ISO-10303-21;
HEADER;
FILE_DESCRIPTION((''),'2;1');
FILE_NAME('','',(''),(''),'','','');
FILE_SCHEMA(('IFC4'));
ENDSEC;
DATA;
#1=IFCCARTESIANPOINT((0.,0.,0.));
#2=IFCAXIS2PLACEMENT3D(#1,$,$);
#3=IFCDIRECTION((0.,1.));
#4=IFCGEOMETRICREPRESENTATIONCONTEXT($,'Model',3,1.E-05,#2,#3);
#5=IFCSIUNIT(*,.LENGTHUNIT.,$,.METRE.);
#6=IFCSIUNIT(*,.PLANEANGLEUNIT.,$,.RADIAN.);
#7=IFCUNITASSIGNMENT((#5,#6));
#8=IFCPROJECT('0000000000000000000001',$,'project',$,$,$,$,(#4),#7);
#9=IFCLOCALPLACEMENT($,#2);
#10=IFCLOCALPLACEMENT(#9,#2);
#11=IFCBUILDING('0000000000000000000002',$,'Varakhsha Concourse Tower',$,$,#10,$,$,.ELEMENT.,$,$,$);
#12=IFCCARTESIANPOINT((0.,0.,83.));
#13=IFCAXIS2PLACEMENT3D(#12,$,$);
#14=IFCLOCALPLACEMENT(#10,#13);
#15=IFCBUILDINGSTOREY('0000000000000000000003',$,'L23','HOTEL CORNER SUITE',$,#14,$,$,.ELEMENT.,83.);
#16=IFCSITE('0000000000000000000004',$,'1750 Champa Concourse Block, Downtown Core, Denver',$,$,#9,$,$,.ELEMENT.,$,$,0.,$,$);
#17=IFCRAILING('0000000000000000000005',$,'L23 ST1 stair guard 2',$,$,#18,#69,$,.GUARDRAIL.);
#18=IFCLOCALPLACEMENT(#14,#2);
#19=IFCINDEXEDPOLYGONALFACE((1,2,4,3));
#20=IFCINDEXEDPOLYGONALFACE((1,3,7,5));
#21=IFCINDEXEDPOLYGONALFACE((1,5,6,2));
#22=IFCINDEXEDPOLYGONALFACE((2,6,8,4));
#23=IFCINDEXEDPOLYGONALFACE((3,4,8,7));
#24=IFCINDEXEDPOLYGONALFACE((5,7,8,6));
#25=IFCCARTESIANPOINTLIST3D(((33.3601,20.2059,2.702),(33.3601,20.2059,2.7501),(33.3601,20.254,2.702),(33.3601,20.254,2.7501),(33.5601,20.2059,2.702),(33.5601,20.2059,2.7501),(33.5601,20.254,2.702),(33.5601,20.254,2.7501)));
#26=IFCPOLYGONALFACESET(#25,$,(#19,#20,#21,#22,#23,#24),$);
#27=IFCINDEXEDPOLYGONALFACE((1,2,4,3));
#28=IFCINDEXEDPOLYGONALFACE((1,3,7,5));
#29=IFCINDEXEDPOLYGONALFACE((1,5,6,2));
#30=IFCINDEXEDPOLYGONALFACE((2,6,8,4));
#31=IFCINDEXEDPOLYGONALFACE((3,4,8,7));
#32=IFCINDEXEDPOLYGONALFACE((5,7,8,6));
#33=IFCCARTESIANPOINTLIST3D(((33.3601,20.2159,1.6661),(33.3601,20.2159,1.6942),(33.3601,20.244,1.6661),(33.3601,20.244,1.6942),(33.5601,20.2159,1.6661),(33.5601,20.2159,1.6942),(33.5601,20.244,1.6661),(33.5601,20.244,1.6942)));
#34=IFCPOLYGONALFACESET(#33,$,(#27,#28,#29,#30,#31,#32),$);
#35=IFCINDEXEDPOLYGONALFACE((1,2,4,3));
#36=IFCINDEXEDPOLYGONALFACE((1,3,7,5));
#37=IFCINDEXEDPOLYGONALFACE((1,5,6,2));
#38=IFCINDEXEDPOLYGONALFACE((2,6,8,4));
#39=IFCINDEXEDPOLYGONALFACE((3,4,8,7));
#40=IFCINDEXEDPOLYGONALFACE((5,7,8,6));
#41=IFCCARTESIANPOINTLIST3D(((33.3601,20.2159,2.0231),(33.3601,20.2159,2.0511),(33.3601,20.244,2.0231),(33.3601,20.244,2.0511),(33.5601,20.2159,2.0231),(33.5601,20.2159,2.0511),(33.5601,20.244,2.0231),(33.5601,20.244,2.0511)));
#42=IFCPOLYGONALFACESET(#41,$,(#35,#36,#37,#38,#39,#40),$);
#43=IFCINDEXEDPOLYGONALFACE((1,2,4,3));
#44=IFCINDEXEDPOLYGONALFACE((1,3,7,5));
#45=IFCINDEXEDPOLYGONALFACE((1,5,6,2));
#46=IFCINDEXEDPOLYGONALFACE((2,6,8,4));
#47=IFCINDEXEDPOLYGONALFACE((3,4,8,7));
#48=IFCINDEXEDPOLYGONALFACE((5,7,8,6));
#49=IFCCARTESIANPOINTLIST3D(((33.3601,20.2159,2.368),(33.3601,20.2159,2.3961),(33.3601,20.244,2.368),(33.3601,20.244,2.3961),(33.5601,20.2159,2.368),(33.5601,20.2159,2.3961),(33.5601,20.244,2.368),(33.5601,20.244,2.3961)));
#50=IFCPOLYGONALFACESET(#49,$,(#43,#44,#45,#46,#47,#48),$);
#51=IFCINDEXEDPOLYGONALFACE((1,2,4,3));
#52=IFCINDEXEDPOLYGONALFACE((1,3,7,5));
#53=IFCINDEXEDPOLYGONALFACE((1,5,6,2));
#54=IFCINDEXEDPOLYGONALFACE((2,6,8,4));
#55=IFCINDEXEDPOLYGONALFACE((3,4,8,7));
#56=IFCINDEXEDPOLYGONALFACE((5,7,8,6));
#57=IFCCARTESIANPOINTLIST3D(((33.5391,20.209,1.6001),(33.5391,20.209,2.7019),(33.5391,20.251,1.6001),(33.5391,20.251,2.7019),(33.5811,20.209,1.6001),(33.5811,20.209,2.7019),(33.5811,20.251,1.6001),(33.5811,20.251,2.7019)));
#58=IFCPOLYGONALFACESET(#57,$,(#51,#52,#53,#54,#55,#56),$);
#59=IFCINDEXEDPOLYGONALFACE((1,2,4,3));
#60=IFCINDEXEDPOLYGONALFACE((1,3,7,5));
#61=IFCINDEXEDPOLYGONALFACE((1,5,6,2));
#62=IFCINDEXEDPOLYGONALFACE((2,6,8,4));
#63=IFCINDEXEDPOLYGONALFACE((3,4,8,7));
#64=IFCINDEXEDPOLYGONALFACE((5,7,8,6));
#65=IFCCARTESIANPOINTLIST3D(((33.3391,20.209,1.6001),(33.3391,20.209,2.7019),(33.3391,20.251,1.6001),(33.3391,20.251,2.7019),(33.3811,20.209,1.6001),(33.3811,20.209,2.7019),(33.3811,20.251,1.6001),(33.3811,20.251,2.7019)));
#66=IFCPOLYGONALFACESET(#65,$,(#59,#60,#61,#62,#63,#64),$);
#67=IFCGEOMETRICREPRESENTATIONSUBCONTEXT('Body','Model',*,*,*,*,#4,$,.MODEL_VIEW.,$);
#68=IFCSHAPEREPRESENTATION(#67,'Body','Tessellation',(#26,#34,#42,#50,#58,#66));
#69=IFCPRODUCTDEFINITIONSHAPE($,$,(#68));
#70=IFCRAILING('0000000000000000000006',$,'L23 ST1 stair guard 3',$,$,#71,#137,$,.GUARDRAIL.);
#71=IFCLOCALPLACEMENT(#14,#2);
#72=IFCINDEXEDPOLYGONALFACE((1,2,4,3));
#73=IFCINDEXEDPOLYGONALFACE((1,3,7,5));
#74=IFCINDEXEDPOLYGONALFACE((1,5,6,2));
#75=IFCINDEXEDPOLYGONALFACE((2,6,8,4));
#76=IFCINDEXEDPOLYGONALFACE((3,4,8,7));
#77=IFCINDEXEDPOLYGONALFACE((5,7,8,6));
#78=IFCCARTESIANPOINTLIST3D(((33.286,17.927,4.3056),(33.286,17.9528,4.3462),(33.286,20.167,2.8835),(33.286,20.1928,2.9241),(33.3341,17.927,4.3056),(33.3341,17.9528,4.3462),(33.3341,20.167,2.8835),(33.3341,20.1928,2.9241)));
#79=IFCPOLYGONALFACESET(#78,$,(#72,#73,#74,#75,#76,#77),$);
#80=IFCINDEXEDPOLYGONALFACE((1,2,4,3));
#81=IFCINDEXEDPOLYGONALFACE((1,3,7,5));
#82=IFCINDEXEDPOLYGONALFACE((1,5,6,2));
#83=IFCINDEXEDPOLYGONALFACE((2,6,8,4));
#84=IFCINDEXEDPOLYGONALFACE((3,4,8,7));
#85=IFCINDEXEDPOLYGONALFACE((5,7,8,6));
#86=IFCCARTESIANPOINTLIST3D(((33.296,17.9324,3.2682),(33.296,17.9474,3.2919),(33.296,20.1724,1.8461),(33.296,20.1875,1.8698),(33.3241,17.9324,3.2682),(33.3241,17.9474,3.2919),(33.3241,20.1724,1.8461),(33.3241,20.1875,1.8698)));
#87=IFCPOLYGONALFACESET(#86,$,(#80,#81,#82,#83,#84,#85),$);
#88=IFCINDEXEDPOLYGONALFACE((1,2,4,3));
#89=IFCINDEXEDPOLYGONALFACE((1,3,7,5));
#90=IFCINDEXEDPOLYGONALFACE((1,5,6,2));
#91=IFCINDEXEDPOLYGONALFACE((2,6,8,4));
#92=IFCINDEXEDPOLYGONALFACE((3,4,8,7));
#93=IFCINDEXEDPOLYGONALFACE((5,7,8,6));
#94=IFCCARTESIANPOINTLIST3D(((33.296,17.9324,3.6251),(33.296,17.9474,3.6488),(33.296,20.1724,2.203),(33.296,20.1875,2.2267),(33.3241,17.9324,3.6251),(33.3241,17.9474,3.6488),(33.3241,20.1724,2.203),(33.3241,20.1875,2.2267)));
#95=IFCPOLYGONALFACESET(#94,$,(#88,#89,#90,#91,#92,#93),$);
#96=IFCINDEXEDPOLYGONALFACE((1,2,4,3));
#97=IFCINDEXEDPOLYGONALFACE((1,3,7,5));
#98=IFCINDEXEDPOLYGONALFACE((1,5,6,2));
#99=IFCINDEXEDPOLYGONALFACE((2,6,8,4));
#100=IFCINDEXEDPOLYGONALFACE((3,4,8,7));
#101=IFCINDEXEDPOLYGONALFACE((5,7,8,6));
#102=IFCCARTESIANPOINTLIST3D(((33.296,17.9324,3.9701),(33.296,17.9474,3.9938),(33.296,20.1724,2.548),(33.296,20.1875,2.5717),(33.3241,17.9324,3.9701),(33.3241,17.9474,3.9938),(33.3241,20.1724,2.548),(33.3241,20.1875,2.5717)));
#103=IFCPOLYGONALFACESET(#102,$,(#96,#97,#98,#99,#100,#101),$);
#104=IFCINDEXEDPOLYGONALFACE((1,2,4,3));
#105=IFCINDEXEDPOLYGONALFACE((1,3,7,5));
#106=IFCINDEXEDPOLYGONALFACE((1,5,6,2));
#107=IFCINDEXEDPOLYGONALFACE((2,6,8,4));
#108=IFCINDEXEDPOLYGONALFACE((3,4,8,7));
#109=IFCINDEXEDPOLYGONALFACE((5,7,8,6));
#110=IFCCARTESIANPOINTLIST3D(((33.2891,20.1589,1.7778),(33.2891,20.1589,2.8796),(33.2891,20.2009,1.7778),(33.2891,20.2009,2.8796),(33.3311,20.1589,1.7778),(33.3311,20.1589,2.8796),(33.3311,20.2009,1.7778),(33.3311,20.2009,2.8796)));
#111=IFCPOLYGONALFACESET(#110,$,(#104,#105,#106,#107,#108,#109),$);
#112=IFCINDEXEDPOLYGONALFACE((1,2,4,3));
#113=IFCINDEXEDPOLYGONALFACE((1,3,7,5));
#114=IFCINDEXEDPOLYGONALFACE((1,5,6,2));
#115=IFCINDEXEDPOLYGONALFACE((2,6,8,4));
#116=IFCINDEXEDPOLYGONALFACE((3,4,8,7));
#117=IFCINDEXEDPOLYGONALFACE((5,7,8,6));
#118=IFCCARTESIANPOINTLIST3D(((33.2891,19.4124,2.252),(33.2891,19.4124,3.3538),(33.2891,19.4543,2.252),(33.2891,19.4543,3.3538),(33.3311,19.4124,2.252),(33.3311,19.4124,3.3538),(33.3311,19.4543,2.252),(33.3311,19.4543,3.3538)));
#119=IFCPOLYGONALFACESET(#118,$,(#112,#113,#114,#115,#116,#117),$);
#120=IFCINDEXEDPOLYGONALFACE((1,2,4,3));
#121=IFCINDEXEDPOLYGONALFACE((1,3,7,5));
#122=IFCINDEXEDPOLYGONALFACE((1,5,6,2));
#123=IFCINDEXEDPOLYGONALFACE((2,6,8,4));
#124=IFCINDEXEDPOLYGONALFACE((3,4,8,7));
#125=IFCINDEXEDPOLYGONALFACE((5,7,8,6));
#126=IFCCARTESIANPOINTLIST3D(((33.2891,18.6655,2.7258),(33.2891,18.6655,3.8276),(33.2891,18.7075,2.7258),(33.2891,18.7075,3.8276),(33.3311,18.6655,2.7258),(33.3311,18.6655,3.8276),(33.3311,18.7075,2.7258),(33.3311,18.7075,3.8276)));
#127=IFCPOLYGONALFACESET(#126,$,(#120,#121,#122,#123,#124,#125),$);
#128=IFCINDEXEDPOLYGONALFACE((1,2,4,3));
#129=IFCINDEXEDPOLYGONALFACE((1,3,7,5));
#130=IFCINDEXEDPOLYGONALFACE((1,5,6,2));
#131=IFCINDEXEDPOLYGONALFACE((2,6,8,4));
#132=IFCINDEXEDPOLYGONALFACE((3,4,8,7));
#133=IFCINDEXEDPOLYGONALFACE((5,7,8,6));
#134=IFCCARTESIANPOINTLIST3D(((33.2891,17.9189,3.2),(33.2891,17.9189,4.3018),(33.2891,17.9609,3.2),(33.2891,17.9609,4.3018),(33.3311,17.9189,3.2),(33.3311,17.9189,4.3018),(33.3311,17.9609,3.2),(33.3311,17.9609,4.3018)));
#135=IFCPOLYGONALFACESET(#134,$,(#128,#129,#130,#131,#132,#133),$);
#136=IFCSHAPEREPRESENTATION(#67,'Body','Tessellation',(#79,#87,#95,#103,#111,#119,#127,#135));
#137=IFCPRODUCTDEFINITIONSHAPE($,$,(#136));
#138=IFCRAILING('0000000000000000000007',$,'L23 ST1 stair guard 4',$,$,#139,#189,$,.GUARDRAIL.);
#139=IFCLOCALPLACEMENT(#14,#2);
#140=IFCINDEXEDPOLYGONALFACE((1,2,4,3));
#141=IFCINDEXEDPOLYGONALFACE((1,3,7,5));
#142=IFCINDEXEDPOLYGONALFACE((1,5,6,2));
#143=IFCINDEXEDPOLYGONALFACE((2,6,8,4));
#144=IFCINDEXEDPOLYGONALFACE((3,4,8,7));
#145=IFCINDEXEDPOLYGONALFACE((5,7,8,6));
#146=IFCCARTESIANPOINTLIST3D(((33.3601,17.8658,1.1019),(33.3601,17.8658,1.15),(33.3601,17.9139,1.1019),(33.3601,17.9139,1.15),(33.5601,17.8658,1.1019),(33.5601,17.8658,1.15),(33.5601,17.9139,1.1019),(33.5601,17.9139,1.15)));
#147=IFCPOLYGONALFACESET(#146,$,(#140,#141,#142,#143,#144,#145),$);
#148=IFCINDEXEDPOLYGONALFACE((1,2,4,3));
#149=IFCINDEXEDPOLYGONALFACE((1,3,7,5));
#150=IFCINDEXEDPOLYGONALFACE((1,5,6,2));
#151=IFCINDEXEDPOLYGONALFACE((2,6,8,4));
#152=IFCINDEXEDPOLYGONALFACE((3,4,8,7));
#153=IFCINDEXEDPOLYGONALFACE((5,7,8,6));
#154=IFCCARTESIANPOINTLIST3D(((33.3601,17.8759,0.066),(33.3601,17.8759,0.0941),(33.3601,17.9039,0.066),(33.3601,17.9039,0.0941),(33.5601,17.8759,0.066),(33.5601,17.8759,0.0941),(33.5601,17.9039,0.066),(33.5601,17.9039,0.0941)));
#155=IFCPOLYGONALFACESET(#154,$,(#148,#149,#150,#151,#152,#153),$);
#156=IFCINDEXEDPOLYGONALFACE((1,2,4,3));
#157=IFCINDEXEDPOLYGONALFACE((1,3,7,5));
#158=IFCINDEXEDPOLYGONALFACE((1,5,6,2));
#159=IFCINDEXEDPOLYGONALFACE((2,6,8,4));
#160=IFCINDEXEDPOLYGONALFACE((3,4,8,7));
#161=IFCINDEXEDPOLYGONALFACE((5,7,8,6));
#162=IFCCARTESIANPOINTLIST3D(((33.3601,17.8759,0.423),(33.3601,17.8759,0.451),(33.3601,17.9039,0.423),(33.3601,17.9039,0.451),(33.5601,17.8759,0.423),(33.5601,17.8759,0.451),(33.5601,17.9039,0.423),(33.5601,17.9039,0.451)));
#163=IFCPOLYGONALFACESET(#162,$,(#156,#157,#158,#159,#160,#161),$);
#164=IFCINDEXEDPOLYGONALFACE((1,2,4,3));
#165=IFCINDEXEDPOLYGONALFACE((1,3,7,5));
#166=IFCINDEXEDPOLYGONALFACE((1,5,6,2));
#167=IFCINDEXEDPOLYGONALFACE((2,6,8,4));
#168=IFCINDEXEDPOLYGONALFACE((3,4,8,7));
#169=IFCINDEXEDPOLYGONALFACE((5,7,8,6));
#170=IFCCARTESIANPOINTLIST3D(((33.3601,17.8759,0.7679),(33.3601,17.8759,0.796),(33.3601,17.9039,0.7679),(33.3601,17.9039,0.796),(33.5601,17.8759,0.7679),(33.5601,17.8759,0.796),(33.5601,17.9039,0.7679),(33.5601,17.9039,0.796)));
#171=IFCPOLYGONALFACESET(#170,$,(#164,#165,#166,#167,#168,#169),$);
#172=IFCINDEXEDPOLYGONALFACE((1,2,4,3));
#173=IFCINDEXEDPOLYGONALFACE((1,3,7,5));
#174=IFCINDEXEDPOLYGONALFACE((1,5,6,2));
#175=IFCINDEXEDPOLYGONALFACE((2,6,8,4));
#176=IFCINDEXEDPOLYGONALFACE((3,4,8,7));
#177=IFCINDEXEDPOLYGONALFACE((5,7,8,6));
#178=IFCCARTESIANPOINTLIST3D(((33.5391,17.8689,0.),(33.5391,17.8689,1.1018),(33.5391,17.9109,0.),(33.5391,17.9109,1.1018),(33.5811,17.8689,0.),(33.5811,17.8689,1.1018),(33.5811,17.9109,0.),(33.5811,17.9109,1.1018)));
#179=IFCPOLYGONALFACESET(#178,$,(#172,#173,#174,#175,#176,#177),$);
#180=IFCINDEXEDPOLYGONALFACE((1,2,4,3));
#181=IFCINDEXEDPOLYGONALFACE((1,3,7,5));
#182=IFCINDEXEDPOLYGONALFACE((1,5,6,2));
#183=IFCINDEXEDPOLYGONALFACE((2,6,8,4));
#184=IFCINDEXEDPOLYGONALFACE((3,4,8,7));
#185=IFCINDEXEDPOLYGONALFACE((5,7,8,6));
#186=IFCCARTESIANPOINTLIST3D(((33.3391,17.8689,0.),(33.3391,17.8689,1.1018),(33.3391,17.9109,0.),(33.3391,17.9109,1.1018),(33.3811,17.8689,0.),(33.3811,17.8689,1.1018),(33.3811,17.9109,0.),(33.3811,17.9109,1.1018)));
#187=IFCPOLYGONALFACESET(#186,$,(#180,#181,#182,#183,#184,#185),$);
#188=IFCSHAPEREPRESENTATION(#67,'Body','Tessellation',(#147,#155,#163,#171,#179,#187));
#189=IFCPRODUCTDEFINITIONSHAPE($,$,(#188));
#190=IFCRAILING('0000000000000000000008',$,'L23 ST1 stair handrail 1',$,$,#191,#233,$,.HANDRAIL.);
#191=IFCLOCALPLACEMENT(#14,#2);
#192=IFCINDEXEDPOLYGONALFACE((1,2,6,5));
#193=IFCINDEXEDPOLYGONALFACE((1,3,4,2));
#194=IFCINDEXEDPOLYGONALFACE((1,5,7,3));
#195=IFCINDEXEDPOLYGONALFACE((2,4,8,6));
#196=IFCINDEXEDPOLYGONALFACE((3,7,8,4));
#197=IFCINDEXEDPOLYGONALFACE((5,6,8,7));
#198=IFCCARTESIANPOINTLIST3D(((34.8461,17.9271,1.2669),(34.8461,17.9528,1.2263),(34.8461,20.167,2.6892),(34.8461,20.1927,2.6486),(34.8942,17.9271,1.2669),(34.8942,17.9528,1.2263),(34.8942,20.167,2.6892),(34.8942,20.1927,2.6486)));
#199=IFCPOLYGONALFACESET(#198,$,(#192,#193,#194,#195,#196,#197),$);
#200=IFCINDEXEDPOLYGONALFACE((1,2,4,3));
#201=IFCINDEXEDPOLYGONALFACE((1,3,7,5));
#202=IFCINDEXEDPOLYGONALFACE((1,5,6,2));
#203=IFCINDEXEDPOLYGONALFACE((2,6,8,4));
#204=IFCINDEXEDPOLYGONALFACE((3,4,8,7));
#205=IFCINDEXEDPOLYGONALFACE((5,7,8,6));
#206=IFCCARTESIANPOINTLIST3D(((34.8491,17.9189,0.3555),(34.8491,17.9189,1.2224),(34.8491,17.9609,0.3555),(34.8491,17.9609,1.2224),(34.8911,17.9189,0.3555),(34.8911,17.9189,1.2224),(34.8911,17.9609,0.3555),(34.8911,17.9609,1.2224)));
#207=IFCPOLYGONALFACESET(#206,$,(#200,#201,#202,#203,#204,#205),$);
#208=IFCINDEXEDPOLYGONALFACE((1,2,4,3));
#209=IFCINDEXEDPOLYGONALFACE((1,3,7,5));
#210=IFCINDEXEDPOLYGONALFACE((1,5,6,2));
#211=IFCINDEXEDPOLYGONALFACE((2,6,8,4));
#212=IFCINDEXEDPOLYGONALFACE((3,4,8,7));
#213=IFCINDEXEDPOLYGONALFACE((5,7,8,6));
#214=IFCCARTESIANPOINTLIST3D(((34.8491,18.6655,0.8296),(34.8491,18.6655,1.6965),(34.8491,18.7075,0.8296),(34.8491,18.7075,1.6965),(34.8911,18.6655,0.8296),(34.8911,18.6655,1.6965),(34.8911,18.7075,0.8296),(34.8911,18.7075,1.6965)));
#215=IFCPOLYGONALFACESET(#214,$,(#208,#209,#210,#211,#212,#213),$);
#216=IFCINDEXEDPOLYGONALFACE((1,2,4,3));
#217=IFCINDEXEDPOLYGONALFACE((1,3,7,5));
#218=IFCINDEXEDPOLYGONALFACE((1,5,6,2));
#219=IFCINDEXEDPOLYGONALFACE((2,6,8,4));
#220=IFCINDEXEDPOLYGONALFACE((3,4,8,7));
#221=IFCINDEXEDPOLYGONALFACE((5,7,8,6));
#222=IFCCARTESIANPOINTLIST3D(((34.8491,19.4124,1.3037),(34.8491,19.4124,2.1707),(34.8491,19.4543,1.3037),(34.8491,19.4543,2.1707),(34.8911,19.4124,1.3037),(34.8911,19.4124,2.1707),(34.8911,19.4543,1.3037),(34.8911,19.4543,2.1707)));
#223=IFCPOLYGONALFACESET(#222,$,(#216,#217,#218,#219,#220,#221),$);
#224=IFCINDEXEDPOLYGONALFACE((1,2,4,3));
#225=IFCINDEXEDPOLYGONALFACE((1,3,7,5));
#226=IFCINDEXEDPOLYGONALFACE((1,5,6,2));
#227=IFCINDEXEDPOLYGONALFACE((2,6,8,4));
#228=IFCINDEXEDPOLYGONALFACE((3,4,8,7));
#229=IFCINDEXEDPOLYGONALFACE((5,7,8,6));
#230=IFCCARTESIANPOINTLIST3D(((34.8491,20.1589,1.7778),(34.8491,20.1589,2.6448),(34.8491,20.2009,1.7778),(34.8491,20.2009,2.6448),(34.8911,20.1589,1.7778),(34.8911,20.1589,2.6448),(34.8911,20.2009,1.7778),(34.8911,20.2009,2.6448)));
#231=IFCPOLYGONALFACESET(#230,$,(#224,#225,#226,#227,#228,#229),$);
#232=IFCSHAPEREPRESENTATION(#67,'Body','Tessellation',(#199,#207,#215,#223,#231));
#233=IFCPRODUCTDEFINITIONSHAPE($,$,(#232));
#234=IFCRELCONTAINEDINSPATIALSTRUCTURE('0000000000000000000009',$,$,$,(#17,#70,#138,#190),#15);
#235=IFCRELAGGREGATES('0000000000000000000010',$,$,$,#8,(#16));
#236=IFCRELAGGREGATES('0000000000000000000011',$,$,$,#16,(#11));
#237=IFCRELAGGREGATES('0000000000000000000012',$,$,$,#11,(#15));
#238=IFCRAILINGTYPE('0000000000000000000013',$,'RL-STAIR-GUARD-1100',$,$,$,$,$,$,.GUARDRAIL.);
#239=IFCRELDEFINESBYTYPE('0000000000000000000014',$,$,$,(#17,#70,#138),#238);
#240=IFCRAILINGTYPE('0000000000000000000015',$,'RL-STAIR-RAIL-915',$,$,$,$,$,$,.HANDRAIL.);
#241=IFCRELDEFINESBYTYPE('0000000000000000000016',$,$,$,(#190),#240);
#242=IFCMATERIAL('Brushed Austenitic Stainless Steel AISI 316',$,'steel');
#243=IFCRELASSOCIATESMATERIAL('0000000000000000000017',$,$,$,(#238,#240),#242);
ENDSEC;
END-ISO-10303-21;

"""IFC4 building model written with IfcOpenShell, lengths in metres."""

from ifc_helpers import new_model, si_unit, direction, frame, origin, origin_2d, place, context, subcontext, project, spatial, rectangle, extrude, material, type_object, element, save


model = new_model("IFC4")

# Units and contexts
model_context = context("Model", 3, precision=1e-05, world=origin(), true_north=direction((0.0, 1.0)))
body_context = subcontext(model_context, "Body", "Model", "MODEL_VIEW")
ifc_project = project(units=[si_unit("LENGTHUNIT", "METRE"), si_unit("PLANEANGLEUNIT", "RADIAN")], contexts=[model_context])

# Site, building, storey
site_placement = place(None, origin())
site = spatial("IfcSite", under=ifc_project, at=site_placement, Name="1750 Champa Concourse Block, Downtown Core, Denver", CompositionType="ELEMENT", RefElevation=0.0)
building_placement = place(site_placement, origin())
building = spatial("IfcBuilding", under=site, at=building_placement, Name="Varakhsha Concourse Tower", CompositionType="ELEMENT")
storey_placement = place(building_placement, frame((0.0, 0.0, 83.0)))
storey = spatial("IfcBuildingStorey", under=building, at=storey_placement, Name="L23", Description="HOTEL CORNER SUITE", CompositionType="ELEMENT", Elevation=83.0)

# Railings
ifc_material_1 = material(Name="Brushed Austenitic Stainless Steel AISI 316", Category="steel")
railing_type_1 = type_object("IfcRailingType", Name="RL-STAIR-GUARD-1100", PredefinedType="GUARDRAIL", material=ifc_material_1)
railing_1_placement = place(storey_placement, frame((33.5601, 20.23, 1.6001)))
element("IfcRailing", 1, at=railing_1_placement, inside=storey, type_object=railing_type_1, Name="L23 ST1 stair guard 2", PredefinedType="GUARDRAIL", context=body_context, shape_type="SweptSolid", body=[
    extrude(rectangle(XDim=0.0481, YDim=0.0481, at=origin_2d()), frame((0.0, 0.0, 1.126), z_axis=(-1.0, 0.0, 0.0), x_axis=(0.0, -1.0, 0.0)), (0.0, 0.0, 1.0), 0.2),
    extrude(rectangle(XDim=0.0281, YDim=0.0281, at=origin_2d()), frame((0.0, 0.0, 0.0801), z_axis=(-1.0, 0.0, 0.0), x_axis=(0.0, -1.0, 0.0)), (0.0, 0.0, 1.0), 0.2),
    extrude(rectangle(XDim=0.0281, YDim=0.0281, at=origin_2d()), frame((0.0, 0.0, 0.437), z_axis=(-1.0, 0.0, 0.0), x_axis=(0.0, -1.0, 0.0)), (0.0, 0.0, 1.0), 0.2),
    extrude(rectangle(XDim=0.0281, YDim=0.0281, at=origin_2d()), frame((0.0, 0.0, 0.782), z_axis=(-1.0, 0.0, 0.0), x_axis=(0.0, -1.0, 0.0)), (0.0, 0.0, 1.0), 0.2),
    extrude(rectangle(XDim=0.042, YDim=0.042, at=origin_2d()), origin(), (0.0, 0.0, 1.0), 1.1018),
    extrude(rectangle(XDim=0.042, YDim=0.042, at=origin_2d()), frame((-0.2, 0.0, 0.0)), (0.0, 0.0, 1.0), 1.1018),
])
railing_2_placement = place(storey_placement, frame((33.3101, 20.1799, 1.7778)))
element("IfcRailing", 2, at=railing_2_placement, inside=storey, type_object=railing_type_1, Name="L23 ST1 stair guard 3", PredefinedType="GUARDRAIL", context=body_context, shape_type="SweptSolid", body=[
    extrude(rectangle(XDim=0.0481, YDim=0.0481, at=origin_2d()), frame((0.0, 0.0, 1.126), z_axis=(0.0, -0.844229, 0.535982), x_axis=(1.0, 0.0, 0.0)), (0.0, 0.0, 1.0), 2.6533),
    extrude(rectangle(XDim=0.0281, YDim=0.0281, at=origin_2d()), frame((0.0, 0.0, 0.0801), z_axis=(0.0, -0.844229, 0.535982), x_axis=(1.0, 0.0, 0.0)), (0.0, 0.0, 1.0), 2.6533),
    extrude(rectangle(XDim=0.0281, YDim=0.0281, at=origin_2d()), frame((0.0, 0.0, 0.437), z_axis=(0.0, -0.844229, 0.535982), x_axis=(1.0, 0.0, 0.0)), (0.0, 0.0, 1.0), 2.6533),
    extrude(rectangle(XDim=0.0281, YDim=0.0281, at=origin_2d()), frame((0.0, 0.0, 0.782), z_axis=(0.0, -0.844229, 0.535982), x_axis=(1.0, 0.0, 0.0)), (0.0, 0.0, 1.0), 2.6533),
    extrude(rectangle(XDim=0.042, YDim=0.042, at=origin_2d()), origin(), (0.0, 0.0, 1.0), 1.1018),
    extrude(rectangle(XDim=0.042, YDim=0.042, at=origin_2d()), frame((0.0, -0.7466, 0.4741)), (0.0, 0.0, 1.0), 1.1018),
    extrude(rectangle(XDim=0.042, YDim=0.042, at=origin_2d()), frame((0.0, -1.4934, 0.948)), (0.0, 0.0, 1.0), 1.1018),
    extrude(rectangle(XDim=0.042, YDim=0.042, at=origin_2d()), frame((0.0, -2.24, 1.4221)), (0.0, 0.0, 1.0), 1.1018),
])
railing_3_placement = place(storey_placement, frame((33.5601, 17.8899, 0.0)))
element("IfcRailing", 3, at=railing_3_placement, inside=storey, type_object=railing_type_1, Name="L23 ST1 stair guard 4", PredefinedType="GUARDRAIL", context=body_context, shape_type="SweptSolid", body=[
    extrude(rectangle(XDim=0.0481, YDim=0.0481, at=origin_2d()), frame((0.0, 0.0, 1.126), z_axis=(-1.0, 0.0, 0.0), x_axis=(0.0, -1.0, 0.0)), (0.0, 0.0, 1.0), 0.2),
    extrude(rectangle(XDim=0.0281, YDim=0.0281, at=origin_2d()), frame((0.0, 0.0, 0.0801), z_axis=(-1.0, 0.0, 0.0), x_axis=(0.0, -1.0, 0.0)), (0.0, 0.0, 1.0), 0.2),
    extrude(rectangle(XDim=0.0281, YDim=0.0281, at=origin_2d()), frame((0.0, 0.0, 0.437), z_axis=(-1.0, 0.0, 0.0), x_axis=(0.0, -1.0, 0.0)), (0.0, 0.0, 1.0), 0.2),
    extrude(rectangle(XDim=0.0281, YDim=0.0281, at=origin_2d()), frame((0.0, 0.0, 0.782), z_axis=(-1.0, 0.0, 0.0), x_axis=(0.0, -1.0, 0.0)), (0.0, 0.0, 1.0), 0.2),
    extrude(rectangle(XDim=0.042, YDim=0.042, at=origin_2d()), origin(), (0.0, 0.0, 1.0), 1.1018),
    extrude(rectangle(XDim=0.042, YDim=0.042, at=origin_2d()), frame((-0.2, 0.0, 0.0)), (0.0, 0.0, 1.0), 1.1018),
])
railing_type_2 = type_object("IfcRailingType", Name="RL-STAIR-RAIL-915", PredefinedType="HANDRAIL", material=ifc_material_1)
railing_4_placement = place(storey_placement, frame((34.8701, 17.9399, 0.3555)))
element("IfcRailing", 4, at=railing_4_placement, inside=storey, type_object=railing_type_2, Name="L23 ST1 stair handrail 1", PredefinedType="HANDRAIL", context=body_context, shape_type="SweptSolid", body=[
    extrude(rectangle(XDim=0.0481, YDim=0.0481, at=origin_2d()), frame((0.0, 0.0, 0.8911), z_axis=(0.0, 0.844188, 0.536048), x_axis=(-1.0, 0.0, 0.0)), (0.0, 0.0, 1.0), 2.6533),
    extrude(rectangle(XDim=0.042, YDim=0.042, at=origin_2d()), origin(), (0.0, 0.0, 1.0), 0.8669),
    extrude(rectangle(XDim=0.042, YDim=0.042, at=origin_2d()), frame((0.0, 0.7466, 0.4741)), (0.0, 0.0, 1.0), 0.8669),
    extrude(rectangle(XDim=0.042, YDim=0.042, at=origin_2d()), frame((0.0, 1.4934, 0.9482)), (0.0, 0.0, 1.0), 0.8669),
    extrude(rectangle(XDim=0.042, YDim=0.042, at=origin_2d()), frame((0.0, 2.24, 1.4224)), (0.0, 0.0, 1.0), 0.8669),
])

save(model, "model.ifc")
